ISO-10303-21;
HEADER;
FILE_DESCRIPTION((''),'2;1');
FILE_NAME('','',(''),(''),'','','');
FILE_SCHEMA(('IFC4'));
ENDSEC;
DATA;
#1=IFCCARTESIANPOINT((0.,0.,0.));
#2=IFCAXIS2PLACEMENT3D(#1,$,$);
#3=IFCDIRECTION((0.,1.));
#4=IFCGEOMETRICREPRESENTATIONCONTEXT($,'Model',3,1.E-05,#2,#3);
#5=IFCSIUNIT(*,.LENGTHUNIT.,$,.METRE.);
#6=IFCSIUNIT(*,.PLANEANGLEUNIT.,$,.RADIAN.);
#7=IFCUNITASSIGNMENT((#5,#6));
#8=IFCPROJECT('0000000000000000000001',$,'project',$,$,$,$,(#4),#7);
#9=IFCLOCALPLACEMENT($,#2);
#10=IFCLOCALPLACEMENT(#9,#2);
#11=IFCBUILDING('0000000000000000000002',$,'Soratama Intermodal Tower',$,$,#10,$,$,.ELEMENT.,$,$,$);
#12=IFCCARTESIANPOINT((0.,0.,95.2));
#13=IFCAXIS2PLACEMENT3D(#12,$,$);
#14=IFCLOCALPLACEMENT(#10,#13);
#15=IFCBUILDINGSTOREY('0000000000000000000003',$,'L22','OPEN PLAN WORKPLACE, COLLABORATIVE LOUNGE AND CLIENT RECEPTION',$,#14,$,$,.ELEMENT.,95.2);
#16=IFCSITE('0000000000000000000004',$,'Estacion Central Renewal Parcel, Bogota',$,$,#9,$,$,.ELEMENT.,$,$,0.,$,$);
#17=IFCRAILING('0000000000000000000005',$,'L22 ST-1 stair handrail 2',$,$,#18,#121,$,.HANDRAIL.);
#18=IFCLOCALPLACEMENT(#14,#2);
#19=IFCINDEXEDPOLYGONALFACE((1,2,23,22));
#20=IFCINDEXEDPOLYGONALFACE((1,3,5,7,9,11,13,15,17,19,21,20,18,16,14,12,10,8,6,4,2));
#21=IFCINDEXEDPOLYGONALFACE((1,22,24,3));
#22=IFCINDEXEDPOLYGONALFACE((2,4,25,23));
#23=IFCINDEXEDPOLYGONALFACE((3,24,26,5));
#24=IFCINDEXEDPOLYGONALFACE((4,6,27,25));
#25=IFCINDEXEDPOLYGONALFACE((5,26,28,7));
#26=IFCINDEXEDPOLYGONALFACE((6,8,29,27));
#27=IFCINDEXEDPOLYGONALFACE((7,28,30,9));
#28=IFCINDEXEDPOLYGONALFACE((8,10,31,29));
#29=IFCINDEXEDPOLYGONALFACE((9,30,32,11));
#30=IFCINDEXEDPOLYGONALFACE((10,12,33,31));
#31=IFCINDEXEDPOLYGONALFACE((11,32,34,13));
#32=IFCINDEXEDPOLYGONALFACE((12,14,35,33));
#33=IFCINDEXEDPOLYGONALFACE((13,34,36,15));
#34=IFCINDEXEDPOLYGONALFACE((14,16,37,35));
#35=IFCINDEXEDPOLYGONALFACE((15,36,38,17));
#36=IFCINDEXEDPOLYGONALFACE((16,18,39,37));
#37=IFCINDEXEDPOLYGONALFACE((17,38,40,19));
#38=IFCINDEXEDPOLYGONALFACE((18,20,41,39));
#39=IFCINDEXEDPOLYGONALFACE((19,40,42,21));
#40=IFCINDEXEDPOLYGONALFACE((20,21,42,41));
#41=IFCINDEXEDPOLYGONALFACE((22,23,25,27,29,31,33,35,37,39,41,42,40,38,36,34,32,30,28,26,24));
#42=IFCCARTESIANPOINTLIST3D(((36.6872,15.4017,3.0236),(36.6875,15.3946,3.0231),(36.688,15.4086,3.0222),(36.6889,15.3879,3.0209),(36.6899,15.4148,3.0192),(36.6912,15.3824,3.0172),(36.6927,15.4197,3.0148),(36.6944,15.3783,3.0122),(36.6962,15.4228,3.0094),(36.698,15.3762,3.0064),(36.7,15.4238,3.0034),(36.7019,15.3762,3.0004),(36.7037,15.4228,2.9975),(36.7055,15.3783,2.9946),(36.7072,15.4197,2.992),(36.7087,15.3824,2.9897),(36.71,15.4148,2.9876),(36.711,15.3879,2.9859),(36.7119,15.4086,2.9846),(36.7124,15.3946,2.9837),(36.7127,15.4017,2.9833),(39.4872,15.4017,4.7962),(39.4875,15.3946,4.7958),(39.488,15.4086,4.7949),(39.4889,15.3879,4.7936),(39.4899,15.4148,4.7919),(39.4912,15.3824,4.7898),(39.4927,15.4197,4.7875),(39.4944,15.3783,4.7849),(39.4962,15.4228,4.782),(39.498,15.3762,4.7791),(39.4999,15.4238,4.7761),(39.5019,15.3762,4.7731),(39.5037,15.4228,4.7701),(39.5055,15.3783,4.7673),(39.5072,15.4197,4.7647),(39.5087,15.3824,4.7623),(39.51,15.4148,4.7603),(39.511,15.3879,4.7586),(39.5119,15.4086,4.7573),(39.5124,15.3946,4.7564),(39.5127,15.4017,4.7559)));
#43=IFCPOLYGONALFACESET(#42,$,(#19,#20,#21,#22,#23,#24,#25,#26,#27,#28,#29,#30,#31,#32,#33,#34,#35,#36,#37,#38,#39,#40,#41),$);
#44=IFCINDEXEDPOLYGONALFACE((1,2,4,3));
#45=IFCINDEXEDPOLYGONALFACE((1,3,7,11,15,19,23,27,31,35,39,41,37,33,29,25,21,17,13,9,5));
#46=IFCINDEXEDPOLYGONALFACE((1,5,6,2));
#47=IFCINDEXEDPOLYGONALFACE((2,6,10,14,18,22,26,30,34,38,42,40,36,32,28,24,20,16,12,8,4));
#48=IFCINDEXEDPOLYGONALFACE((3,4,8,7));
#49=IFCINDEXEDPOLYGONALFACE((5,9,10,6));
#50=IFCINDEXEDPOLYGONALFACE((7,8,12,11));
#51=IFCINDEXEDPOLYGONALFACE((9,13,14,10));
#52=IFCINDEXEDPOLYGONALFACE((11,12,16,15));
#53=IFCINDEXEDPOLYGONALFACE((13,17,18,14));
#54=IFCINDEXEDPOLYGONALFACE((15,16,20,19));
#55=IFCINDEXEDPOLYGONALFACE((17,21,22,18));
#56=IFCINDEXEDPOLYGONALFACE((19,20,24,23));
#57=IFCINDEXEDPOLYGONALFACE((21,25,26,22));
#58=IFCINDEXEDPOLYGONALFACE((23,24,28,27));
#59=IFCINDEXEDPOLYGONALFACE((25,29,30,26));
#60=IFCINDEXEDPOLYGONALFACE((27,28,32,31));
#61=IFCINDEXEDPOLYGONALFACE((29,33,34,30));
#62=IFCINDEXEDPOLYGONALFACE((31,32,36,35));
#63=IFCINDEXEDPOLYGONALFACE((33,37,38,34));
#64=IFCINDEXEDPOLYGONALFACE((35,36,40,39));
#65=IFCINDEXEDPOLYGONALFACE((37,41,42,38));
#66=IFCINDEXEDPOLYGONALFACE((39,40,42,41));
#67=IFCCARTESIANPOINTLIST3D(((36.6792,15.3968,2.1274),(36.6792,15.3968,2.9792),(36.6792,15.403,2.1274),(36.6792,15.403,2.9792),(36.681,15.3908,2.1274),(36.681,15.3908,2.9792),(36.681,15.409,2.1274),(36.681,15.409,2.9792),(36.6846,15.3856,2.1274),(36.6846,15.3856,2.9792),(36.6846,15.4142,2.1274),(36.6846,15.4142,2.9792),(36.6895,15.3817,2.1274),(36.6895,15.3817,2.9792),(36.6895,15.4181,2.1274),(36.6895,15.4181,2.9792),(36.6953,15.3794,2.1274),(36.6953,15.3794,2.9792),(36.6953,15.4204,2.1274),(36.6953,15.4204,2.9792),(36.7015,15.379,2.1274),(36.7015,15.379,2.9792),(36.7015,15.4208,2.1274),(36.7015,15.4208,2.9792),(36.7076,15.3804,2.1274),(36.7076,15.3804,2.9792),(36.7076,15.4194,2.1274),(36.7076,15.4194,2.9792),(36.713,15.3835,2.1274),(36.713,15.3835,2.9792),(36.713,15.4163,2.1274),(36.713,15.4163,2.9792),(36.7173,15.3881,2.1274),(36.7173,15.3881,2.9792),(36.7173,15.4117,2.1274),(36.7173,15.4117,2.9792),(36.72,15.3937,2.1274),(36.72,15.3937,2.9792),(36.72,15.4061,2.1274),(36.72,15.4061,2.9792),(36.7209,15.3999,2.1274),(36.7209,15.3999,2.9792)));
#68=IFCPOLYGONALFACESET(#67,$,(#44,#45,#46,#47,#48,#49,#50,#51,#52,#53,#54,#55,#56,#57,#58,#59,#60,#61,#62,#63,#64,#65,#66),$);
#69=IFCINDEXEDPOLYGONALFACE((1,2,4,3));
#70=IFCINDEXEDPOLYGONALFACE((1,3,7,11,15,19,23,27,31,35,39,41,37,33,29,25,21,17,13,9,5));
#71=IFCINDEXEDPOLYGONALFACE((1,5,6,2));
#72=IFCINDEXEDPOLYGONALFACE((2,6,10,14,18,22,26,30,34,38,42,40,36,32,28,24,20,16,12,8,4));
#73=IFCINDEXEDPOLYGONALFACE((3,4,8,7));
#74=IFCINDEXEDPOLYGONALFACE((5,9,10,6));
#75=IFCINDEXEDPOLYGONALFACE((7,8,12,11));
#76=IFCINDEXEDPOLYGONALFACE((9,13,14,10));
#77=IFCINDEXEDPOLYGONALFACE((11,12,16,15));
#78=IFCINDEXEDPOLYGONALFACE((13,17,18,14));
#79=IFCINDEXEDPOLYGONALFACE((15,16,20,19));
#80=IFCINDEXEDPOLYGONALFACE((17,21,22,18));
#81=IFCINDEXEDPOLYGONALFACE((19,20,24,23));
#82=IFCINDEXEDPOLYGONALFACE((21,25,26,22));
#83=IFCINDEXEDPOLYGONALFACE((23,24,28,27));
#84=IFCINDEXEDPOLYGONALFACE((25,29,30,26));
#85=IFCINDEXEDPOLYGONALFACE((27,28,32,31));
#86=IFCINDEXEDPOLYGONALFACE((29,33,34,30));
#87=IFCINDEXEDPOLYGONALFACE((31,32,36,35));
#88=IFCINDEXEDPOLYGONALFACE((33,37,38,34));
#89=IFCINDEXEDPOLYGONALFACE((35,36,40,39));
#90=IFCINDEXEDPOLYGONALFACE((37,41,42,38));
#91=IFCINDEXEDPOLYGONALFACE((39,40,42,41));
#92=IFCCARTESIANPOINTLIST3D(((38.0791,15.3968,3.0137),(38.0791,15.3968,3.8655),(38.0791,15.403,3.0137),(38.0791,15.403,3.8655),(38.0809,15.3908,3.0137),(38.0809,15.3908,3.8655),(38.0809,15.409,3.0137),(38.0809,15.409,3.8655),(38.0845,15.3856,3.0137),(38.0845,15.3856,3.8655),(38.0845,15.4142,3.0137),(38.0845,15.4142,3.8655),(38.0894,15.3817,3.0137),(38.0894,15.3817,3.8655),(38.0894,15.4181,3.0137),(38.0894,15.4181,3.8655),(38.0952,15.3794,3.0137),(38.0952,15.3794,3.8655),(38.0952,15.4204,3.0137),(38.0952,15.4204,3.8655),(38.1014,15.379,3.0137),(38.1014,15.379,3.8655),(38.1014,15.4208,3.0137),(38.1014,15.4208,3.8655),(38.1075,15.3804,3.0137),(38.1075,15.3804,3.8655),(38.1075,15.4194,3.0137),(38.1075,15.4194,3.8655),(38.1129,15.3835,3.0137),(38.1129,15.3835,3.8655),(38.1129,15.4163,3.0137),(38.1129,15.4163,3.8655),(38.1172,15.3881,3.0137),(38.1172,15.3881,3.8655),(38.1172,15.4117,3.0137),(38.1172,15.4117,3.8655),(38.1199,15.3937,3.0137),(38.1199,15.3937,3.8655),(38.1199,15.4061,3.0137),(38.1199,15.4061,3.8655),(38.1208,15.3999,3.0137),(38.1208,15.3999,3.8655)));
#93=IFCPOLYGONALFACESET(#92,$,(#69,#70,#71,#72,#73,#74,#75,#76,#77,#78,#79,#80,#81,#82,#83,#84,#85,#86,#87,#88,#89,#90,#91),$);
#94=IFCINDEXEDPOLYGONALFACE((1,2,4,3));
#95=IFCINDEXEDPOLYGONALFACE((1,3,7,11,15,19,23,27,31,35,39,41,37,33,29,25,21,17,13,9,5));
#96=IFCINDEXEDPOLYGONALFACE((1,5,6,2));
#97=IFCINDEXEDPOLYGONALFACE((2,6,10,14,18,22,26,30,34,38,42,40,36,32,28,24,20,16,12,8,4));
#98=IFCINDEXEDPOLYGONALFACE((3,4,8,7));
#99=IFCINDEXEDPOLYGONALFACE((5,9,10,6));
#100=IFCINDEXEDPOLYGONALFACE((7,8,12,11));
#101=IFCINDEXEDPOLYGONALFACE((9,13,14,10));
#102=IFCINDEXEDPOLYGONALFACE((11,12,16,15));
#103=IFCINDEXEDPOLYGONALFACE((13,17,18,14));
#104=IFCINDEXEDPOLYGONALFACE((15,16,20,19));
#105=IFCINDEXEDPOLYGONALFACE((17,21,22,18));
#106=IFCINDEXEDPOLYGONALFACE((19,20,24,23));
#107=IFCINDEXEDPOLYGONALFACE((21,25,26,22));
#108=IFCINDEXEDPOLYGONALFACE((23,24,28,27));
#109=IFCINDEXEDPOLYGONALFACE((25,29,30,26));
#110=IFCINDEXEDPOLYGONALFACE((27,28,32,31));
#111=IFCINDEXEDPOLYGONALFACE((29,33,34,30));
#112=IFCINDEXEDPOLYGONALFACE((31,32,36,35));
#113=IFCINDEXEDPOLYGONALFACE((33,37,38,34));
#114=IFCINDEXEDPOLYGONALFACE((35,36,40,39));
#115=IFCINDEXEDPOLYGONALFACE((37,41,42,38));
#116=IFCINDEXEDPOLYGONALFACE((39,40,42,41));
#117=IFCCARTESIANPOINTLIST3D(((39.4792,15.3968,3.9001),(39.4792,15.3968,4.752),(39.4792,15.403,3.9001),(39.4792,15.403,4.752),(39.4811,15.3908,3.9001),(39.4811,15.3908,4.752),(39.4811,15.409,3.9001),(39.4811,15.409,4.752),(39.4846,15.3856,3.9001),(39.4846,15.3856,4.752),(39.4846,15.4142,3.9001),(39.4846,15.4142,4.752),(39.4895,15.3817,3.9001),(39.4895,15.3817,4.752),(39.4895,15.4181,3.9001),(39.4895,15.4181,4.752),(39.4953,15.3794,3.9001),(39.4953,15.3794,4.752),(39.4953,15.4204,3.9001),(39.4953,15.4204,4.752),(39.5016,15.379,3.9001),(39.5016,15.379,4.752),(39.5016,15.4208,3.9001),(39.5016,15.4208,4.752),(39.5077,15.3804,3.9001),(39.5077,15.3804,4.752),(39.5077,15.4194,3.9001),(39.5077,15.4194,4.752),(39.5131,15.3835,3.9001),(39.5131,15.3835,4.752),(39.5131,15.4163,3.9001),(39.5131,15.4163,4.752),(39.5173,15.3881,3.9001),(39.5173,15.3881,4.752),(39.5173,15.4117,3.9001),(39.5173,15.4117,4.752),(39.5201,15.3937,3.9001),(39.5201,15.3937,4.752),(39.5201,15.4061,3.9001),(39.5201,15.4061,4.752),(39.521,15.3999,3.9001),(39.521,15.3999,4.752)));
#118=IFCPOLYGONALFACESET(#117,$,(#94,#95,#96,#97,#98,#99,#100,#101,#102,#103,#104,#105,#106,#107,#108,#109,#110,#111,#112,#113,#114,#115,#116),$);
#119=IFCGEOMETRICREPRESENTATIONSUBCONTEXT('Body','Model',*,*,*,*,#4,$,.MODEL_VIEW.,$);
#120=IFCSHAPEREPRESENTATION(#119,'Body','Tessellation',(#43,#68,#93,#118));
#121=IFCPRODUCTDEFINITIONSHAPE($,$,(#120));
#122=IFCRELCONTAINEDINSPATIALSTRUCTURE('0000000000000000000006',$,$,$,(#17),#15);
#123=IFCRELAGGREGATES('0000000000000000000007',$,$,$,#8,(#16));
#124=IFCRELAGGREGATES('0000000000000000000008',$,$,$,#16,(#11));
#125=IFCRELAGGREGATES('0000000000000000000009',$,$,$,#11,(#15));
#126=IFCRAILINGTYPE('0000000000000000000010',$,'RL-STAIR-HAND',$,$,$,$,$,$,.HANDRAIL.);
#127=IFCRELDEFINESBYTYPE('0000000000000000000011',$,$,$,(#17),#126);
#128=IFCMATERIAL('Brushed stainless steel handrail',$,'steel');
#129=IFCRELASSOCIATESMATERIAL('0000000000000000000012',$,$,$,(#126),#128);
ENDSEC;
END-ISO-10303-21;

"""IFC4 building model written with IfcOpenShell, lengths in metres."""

from ifc_helpers import new_model, si_unit, direction, frame, origin, origin_2d, place, context, subcontext, project, spatial, circle, extrude, material, type_object, element, save


model = new_model("IFC4")

# Units and contexts
model_context = context("Model", 3, precision=1e-05, world=origin(), true_north=direction((0.0, 1.0)))
body_context = subcontext(model_context, "Body", "Model", "MODEL_VIEW")
ifc_project = project(units=[si_unit("LENGTHUNIT", "METRE"), si_unit("PLANEANGLEUNIT", "RADIAN")], contexts=[model_context])

# Site, building, storey
site_placement = place(None, origin())
site = spatial("IfcSite", under=ifc_project, at=site_placement, Name="Estacion Central Renewal Parcel, Bogota", CompositionType="ELEMENT", RefElevation=0.0)
building_placement = place(site_placement, origin())
building = spatial("IfcBuilding", under=site, at=building_placement, Name="Soratama Intermodal Tower", CompositionType="ELEMENT")
storey_placement = place(building_placement, frame((0.0, 0.0, 95.2)))
storey = spatial("IfcBuildingStorey", under=building, at=storey_placement, Name="L22", Description="OPEN PLAN WORKPLACE, COLLABORATIVE LOUNGE AND CLIENT RECEPTION", CompositionType="ELEMENT", Elevation=95.2)

# Railing
ifc_material_1 = material(Name="Brushed stainless steel handrail", Category="steel")
railing_type_1 = type_object("IfcRailingType", Name="RL-STAIR-HAND", PredefinedType="HANDRAIL", material=ifc_material_1)
railing_1_placement = place(storey_placement, frame((36.7, 15.3999, 2.1274)))
element("IfcRailing", 1, at=railing_1_placement, inside=storey, type_object=railing_type_1, Name="L22 ST-1 stair handrail 2", PredefinedType="HANDRAIL", context=body_context, shape_type="SweptSolid", body=[
    extrude(circle(Radius=0.0239, at=origin_2d()), frame((0.0, 0.0, 0.876), z_axis=(0.844909, 0.0, 0.53491), x_axis=(0.0, 1.0, 0.0)), (0.0, 0.0, 1.0), 3.314),
    extrude(circle(Radius=0.021, at=origin_2d()), origin(), (0.0, 0.0, 1.0), 0.8518),
    extrude(circle(Radius=0.021, at=origin_2d()), frame((1.3999, 0.0, 0.8862)), (0.0, 0.0, 1.0), 0.8518),
    extrude(circle(Radius=0.021, at=origin_2d()), frame((2.8, 0.0, 1.7727)), (0.0, 0.0, 1.0), 0.8518),
])

save(model, "model.ifc")
